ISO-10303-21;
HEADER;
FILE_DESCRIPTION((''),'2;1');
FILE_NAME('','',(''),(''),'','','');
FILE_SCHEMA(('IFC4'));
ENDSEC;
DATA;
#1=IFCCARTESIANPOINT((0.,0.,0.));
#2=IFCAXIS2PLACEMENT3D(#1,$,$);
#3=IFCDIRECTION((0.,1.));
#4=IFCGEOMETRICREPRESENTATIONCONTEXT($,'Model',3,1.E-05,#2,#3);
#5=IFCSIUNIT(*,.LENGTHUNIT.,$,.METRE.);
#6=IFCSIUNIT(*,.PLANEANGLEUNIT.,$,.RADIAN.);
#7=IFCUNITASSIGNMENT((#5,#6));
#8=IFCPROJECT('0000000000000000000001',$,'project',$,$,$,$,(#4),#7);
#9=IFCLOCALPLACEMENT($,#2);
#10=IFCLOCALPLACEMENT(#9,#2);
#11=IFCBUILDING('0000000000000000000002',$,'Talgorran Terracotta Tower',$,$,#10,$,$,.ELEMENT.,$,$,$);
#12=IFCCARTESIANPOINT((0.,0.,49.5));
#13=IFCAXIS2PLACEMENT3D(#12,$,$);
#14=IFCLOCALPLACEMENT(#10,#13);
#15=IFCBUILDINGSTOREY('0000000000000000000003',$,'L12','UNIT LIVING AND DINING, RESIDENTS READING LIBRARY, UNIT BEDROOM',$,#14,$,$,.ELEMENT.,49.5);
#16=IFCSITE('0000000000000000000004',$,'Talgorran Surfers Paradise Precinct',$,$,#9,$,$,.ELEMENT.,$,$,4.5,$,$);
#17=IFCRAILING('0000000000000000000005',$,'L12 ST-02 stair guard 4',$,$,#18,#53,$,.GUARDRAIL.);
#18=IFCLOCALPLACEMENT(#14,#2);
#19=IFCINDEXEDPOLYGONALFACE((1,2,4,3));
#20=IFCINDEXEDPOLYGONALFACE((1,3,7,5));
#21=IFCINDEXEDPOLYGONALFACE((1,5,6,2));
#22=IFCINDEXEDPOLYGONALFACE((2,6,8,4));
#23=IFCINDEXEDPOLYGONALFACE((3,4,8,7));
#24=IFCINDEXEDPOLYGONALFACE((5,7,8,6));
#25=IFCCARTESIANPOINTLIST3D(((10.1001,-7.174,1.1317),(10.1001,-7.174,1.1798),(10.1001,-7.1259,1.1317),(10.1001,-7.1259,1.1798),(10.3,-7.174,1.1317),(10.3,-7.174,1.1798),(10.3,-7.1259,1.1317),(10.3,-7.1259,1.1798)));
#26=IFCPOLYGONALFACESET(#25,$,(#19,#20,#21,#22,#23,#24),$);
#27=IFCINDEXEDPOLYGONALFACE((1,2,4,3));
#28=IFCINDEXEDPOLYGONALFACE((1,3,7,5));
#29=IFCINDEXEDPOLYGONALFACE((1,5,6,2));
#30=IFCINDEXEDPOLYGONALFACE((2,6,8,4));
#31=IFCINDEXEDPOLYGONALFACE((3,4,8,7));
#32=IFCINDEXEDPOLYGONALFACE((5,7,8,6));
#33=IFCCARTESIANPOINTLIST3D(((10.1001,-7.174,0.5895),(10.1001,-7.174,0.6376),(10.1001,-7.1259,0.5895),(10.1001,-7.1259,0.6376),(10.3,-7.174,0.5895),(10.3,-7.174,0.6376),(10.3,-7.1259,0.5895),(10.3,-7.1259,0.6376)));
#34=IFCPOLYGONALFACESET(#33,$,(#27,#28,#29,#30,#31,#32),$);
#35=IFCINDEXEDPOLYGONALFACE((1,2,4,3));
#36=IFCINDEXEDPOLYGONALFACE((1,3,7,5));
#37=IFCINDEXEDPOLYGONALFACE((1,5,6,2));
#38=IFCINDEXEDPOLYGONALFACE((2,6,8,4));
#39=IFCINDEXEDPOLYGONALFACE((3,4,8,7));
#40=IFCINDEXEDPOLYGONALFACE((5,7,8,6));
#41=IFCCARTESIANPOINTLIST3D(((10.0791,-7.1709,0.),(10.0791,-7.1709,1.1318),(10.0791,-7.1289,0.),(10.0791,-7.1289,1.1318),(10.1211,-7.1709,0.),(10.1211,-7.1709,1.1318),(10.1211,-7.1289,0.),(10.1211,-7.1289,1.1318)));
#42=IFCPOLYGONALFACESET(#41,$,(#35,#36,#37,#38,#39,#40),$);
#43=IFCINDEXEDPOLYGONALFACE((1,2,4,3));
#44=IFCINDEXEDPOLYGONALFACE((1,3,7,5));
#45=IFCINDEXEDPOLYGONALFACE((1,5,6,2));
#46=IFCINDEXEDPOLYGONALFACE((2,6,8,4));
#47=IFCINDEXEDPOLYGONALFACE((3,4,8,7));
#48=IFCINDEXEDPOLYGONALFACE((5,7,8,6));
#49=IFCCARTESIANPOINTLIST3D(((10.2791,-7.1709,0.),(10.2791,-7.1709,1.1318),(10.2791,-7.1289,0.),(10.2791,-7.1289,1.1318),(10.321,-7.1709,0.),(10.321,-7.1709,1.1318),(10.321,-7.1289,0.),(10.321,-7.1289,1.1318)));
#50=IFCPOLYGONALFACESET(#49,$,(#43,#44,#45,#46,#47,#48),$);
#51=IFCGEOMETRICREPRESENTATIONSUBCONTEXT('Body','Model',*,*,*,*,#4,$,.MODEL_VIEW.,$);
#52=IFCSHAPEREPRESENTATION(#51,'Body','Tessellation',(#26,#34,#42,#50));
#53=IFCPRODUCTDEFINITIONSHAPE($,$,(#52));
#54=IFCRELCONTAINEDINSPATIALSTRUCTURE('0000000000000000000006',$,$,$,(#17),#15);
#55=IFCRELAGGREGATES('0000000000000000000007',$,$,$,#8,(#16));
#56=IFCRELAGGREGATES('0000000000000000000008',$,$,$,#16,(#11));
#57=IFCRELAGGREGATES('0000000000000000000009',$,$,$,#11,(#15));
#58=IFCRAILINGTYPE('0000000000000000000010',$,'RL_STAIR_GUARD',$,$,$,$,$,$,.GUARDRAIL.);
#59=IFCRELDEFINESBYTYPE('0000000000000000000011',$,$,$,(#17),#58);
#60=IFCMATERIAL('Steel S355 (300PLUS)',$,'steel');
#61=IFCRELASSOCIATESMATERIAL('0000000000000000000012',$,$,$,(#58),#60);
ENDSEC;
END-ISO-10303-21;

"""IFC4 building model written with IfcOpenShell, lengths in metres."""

from ifc_helpers import new_model, si_unit, direction, frame, origin, origin_2d, place, context, subcontext, project, spatial, rectangle, extrude, material, type_object, element, save


model = new_model("IFC4")

# Units and contexts
model_context = context("Model", 3, precision=1e-05, world=origin(), true_north=direction((0.0, 1.0)))
body_context = subcontext(model_context, "Body", "Model", "MODEL_VIEW")
ifc_project = project(units=[si_unit("LENGTHUNIT", "METRE"), si_unit("PLANEANGLEUNIT", "RADIAN")], contexts=[model_context])

# Site, building, storey
site_placement = place(None, origin())
site = spatial("IfcSite", under=ifc_project, at=site_placement, Name="Talgorran Surfers Paradise Precinct", CompositionType="ELEMENT", RefElevation=4.5)
building_placement = place(site_placement, origin())
building = spatial("IfcBuilding", under=site, at=building_placement, Name="Talgorran Terracotta Tower", CompositionType="ELEMENT")
storey_placement = place(building_placement, frame((0.0, 0.0, 49.5)))
storey = spatial("IfcBuildingStorey", under=building, at=storey_placement, Name="L12", Description="UNIT LIVING AND DINING, RESIDENTS READING LIBRARY, UNIT BEDROOM", CompositionType="ELEMENT", Elevation=49.5)

# Shared definitions
ifc_material_1 = material(Name="Steel S355 (300PLUS)", Category="steel")

# Railing
railing_type_1 = type_object("IfcRailingType", Name="RL_STAIR_GUARD", PredefinedType="GUARDRAIL", material=ifc_material_1)
railing_1_placement = place(storey_placement, frame((10.1001, -7.1499, 0.0)))
element("IfcRailing", 1, at=railing_1_placement, inside=storey, type_object=railing_type_1, Name="L12 ST-02 stair guard 4", PredefinedType="GUARDRAIL", context=body_context, shape_type="SweptSolid", body=[
    extrude(rectangle(XDim=0.0481, YDim=0.0481, at=origin_2d()), frame((0.0, 0.0, 1.1558), z_axis=(1.0, 0.0, 0.0), x_axis=(0.0, 1.0, 0.0)), (0.0, 0.0, 1.0), 0.2),
    extrude(rectangle(XDim=0.0481, YDim=0.0481, at=origin_2d()), frame((0.0, 0.0, 0.6135), z_axis=(1.0, 0.0, 0.0), x_axis=(0.0, 1.0, 0.0)), (0.0, 0.0, 1.0), 0.2),
    extrude(rectangle(XDim=0.042, YDim=0.042, at=origin_2d()), origin(), (0.0, 0.0, 1.0), 1.1318),
    extrude(rectangle(XDim=0.042, YDim=0.042, at=origin_2d()), frame((0.2, 0.0, 0.0)), (0.0, 0.0, 1.0), 1.1318),
])

save(model, "model.ifc")
